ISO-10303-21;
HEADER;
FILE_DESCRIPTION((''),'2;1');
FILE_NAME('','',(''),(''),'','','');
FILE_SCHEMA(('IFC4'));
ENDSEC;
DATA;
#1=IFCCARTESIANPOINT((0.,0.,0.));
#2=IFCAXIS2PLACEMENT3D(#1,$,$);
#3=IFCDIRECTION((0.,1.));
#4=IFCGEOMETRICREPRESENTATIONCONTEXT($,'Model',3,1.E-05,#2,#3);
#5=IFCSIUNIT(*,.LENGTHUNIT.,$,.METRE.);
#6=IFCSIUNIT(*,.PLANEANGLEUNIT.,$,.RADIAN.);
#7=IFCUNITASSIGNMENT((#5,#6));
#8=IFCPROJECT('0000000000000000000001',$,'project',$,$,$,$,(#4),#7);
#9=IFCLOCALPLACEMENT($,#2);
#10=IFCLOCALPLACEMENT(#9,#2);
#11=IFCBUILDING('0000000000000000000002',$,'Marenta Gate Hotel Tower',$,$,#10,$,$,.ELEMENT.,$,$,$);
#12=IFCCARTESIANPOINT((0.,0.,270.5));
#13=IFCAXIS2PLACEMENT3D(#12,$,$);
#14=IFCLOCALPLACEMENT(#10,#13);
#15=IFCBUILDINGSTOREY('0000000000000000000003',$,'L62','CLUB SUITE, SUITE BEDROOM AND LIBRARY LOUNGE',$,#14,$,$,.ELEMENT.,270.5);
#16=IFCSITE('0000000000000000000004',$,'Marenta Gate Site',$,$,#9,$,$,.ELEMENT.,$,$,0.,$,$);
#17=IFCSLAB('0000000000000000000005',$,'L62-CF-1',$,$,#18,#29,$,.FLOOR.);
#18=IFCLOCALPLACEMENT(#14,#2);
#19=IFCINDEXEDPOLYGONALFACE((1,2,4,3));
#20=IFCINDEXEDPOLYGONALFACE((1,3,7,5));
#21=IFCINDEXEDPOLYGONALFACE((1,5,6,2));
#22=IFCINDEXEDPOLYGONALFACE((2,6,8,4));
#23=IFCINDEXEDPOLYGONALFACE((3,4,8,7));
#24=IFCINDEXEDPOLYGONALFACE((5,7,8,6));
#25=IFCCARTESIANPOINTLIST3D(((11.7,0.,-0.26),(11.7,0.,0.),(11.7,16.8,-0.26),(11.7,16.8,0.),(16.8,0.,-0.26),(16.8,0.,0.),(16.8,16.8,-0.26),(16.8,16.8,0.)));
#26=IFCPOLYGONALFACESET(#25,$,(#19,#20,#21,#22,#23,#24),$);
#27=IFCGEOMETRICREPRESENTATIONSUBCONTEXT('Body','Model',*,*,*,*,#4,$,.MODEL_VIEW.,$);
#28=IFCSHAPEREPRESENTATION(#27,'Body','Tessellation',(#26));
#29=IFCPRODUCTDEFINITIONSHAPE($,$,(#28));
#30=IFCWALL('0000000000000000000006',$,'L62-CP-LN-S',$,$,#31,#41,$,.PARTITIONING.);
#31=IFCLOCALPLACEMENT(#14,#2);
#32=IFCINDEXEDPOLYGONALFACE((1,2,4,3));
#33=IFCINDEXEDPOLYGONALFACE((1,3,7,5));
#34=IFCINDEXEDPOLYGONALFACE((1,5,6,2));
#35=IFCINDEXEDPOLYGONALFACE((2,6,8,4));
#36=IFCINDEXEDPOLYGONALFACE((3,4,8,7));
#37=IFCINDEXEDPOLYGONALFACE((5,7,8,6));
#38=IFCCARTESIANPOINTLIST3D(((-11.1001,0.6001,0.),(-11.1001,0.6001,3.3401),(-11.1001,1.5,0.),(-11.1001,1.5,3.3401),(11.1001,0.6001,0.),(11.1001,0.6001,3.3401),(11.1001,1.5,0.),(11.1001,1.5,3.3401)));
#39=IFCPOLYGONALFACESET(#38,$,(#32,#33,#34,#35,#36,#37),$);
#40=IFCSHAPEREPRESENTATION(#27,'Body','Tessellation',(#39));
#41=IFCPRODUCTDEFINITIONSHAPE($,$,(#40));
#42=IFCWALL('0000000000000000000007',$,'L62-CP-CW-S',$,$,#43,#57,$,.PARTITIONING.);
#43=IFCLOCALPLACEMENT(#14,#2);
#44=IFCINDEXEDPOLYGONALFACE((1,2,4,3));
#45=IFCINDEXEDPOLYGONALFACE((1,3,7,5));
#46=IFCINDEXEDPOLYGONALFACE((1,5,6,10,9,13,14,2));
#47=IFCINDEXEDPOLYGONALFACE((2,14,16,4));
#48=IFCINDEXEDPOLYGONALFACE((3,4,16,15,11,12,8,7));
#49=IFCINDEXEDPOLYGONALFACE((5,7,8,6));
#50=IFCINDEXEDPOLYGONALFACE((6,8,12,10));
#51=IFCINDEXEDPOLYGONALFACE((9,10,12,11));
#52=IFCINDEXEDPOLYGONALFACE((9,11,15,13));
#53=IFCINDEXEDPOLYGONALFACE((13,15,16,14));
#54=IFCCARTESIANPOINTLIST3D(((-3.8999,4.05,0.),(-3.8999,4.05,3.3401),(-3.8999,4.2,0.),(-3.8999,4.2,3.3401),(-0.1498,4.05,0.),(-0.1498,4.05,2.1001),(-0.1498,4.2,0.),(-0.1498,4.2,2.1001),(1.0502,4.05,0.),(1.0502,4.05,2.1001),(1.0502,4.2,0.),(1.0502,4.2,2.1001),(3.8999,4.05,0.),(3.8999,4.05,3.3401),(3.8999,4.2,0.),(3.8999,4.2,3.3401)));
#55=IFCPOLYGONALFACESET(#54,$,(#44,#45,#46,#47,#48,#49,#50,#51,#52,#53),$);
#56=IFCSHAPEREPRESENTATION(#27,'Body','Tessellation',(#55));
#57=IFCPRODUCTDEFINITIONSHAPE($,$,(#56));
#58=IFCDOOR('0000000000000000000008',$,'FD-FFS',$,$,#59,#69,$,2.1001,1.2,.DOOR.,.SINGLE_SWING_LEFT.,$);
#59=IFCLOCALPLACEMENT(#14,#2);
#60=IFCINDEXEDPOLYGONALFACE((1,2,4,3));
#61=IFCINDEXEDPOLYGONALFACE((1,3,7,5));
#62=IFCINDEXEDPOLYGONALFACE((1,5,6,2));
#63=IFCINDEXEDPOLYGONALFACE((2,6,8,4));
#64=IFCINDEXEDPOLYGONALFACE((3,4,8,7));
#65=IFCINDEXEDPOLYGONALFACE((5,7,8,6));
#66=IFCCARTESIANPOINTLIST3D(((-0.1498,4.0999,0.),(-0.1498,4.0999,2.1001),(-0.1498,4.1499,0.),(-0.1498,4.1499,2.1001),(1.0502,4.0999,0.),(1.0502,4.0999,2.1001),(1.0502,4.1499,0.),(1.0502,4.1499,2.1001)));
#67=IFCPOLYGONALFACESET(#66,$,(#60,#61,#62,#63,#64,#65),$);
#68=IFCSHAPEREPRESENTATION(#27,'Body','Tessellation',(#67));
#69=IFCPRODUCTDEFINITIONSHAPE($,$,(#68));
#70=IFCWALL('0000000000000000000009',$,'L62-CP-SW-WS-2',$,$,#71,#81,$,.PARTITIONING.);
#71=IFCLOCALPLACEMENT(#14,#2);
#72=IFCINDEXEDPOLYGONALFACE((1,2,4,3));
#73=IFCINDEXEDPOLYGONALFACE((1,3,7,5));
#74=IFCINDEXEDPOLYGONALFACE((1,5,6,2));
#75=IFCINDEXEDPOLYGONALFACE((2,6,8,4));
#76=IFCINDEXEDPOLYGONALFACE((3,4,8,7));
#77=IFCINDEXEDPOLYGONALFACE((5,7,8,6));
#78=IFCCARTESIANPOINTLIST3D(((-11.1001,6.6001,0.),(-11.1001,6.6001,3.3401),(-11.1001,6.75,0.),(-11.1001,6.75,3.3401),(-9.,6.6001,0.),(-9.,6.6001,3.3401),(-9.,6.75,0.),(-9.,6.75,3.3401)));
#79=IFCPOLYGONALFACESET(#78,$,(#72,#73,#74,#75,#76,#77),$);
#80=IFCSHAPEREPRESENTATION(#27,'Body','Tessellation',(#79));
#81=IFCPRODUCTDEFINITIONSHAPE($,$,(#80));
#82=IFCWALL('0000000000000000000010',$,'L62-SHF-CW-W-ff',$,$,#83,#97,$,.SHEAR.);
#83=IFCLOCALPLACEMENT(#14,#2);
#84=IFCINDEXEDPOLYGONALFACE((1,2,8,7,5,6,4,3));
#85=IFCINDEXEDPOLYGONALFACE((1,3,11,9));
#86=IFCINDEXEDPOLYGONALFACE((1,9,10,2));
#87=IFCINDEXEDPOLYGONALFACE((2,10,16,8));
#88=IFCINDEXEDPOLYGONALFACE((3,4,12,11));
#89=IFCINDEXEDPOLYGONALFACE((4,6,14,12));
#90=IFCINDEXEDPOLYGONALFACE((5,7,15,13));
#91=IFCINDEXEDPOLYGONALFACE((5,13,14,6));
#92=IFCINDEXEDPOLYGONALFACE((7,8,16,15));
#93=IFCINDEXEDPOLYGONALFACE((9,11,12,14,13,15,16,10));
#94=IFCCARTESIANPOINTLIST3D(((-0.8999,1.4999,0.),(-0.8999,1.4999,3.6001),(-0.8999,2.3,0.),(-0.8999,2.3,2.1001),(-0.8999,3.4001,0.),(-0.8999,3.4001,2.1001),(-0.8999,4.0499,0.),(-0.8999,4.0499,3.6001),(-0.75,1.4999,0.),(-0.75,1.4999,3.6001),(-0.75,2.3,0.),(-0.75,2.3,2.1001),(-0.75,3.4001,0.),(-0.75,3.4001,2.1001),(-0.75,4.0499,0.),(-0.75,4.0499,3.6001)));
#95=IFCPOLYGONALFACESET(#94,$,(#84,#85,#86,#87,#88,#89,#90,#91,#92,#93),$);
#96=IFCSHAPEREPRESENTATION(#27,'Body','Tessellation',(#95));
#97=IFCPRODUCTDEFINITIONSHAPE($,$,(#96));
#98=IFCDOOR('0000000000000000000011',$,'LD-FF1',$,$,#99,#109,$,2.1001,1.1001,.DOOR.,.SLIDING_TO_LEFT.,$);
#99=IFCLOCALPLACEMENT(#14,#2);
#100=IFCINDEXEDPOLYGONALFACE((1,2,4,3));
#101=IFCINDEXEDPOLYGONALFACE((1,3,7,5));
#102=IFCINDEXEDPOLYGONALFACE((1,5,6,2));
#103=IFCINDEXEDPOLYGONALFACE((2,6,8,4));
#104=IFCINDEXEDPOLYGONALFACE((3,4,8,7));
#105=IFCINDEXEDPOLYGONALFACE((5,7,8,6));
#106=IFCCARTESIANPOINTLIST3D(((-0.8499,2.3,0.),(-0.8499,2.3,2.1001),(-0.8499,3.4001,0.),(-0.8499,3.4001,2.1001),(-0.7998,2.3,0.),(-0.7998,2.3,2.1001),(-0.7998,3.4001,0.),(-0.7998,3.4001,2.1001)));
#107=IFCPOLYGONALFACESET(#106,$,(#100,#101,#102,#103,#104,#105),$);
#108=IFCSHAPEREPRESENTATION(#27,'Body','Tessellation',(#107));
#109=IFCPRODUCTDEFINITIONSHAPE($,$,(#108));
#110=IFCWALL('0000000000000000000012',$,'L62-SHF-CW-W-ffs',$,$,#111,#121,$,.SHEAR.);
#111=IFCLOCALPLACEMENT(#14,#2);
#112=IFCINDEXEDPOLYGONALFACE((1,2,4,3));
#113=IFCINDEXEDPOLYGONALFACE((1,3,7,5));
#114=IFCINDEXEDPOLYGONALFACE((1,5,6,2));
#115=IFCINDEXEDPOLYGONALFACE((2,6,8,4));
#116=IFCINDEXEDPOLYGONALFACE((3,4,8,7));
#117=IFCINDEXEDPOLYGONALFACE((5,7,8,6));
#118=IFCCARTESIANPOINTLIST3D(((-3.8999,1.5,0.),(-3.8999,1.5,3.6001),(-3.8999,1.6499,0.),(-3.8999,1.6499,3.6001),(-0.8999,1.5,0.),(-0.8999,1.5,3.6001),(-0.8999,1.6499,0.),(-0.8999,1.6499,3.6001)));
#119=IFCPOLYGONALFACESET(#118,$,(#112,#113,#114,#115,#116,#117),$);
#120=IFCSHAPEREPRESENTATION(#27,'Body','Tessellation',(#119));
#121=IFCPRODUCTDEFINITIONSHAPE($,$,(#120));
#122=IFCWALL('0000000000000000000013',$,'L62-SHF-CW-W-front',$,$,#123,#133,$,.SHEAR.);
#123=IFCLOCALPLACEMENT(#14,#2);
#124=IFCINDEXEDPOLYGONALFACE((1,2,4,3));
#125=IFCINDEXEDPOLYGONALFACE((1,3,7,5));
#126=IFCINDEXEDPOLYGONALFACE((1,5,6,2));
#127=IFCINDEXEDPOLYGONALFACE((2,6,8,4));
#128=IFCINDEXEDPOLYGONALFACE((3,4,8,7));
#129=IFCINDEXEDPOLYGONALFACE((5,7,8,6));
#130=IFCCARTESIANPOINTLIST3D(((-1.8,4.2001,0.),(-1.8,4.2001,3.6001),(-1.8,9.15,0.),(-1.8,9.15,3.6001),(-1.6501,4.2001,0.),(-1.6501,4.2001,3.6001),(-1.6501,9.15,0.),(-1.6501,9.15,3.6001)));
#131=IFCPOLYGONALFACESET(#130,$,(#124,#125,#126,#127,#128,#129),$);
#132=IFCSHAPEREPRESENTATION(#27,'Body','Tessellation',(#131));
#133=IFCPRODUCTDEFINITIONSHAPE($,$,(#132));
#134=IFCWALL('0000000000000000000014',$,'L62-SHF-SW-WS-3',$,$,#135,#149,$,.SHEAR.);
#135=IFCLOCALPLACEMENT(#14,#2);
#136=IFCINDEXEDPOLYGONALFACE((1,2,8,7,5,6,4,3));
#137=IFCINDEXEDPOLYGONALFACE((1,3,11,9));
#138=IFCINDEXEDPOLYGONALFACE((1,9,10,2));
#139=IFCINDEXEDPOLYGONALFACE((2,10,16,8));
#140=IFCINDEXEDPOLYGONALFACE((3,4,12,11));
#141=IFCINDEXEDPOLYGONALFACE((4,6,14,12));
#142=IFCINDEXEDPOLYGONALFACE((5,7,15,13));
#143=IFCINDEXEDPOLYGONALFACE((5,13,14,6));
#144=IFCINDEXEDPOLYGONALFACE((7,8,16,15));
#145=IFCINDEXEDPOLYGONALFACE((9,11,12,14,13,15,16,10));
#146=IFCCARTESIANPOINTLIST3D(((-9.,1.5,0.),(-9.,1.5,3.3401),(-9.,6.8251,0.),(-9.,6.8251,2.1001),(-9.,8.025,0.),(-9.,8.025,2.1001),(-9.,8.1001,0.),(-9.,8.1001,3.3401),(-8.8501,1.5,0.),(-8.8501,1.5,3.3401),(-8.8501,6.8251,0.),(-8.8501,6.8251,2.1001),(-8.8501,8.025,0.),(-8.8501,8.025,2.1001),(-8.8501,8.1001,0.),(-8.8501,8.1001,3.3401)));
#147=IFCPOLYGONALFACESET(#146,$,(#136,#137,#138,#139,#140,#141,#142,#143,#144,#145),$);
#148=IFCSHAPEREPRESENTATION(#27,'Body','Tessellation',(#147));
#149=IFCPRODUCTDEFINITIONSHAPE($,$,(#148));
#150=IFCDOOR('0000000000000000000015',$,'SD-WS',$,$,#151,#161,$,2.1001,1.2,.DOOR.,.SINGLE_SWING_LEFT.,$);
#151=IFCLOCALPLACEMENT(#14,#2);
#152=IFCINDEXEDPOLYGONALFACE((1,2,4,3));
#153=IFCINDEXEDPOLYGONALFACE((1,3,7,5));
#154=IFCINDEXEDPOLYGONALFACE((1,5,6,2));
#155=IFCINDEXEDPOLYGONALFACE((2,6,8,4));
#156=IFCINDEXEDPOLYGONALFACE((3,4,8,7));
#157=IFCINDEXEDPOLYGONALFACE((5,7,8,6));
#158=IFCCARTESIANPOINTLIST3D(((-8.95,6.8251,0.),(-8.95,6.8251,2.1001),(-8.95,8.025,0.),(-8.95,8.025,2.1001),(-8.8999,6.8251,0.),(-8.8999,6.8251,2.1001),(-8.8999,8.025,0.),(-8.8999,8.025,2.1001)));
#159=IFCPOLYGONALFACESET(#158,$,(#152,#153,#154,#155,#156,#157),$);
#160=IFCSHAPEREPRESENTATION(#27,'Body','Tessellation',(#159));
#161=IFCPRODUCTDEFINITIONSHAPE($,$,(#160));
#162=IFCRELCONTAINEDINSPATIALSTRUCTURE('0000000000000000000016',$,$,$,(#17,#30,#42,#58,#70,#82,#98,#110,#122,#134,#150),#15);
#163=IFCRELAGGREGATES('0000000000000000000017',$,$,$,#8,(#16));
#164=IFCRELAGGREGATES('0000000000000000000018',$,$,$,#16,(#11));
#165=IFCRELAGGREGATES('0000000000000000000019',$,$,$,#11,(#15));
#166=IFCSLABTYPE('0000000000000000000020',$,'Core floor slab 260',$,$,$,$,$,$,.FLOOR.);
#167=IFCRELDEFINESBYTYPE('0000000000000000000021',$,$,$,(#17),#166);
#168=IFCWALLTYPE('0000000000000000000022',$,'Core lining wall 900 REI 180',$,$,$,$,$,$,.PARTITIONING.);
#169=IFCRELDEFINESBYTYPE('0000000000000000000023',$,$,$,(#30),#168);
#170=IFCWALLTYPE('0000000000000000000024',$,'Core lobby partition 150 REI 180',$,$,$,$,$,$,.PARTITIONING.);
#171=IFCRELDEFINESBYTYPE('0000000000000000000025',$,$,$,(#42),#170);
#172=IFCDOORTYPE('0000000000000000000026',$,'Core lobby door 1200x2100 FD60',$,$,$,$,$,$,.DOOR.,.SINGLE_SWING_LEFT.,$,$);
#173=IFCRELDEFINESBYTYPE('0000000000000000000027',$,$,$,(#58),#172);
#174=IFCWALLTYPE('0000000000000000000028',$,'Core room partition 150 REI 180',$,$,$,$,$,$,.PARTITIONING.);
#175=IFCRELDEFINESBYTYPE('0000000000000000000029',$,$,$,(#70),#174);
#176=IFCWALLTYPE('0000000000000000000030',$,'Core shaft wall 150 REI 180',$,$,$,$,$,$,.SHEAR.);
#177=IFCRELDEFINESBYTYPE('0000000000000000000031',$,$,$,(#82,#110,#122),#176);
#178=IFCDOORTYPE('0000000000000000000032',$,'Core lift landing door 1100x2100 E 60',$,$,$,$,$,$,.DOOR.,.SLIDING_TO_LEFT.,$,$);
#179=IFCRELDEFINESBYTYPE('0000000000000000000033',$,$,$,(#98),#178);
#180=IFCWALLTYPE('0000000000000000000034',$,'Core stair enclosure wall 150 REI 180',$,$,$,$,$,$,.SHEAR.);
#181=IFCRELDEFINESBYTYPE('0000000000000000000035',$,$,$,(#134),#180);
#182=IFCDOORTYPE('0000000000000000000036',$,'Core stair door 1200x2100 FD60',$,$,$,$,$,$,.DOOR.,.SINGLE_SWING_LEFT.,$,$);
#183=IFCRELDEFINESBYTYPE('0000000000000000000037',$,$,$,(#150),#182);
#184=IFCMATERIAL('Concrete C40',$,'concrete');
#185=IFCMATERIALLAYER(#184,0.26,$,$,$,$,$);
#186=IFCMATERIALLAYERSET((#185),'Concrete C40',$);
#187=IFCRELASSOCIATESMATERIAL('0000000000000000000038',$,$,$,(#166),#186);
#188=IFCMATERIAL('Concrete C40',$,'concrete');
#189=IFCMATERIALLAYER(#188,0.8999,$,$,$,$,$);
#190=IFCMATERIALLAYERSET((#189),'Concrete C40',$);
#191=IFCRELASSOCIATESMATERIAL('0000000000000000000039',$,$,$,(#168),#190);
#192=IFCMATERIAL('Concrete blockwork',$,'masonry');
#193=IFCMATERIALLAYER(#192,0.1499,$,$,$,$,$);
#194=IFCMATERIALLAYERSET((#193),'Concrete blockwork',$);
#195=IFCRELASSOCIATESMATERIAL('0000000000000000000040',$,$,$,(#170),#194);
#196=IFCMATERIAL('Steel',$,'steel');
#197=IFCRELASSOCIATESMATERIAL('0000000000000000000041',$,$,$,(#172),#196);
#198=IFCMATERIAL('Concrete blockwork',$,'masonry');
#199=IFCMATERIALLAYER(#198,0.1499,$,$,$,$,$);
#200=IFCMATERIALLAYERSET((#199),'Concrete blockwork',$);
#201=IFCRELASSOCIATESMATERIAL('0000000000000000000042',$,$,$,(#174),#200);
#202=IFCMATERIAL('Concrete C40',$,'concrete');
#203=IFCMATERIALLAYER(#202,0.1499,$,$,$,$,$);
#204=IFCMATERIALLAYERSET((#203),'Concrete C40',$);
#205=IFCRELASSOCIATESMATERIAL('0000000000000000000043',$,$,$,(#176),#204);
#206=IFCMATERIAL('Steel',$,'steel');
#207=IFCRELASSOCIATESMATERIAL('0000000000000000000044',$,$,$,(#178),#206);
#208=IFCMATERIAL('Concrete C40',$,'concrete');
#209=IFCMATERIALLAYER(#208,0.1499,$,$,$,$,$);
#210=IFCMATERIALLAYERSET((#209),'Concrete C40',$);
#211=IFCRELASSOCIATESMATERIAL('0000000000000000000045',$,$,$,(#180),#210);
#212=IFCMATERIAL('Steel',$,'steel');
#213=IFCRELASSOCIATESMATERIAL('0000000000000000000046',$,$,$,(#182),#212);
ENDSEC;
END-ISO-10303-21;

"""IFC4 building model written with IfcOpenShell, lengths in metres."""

from ifc_helpers import new_model, si_unit, direction, frame, frame_2d, origin, place, context, subcontext, project, spatial, polyline, rectangle, outline, extrude, material, layer, layer_set, type_object, element, fill, save


model = new_model("IFC4")

# Units and contexts
model_context = context("Model", 3, precision=1e-05, world=origin(), true_north=direction((0.0, 1.0)))
body_context = subcontext(model_context, "Body", "Model", "MODEL_VIEW")
ifc_project = project(units=[si_unit("LENGTHUNIT", "METRE"), si_unit("PLANEANGLEUNIT", "RADIAN")], contexts=[model_context])

# Site, building, storey
site_placement = place(None, origin())
site = spatial("IfcSite", under=ifc_project, at=site_placement, Name="Marenta Gate Site", CompositionType="ELEMENT", RefElevation=0.0)
building_placement = place(site_placement, origin())
building = spatial("IfcBuilding", under=site, at=building_placement, Name="Marenta Gate Hotel Tower", CompositionType="ELEMENT")
storey_placement = place(building_placement, frame((0.0, 0.0, 270.5)))
storey = spatial("IfcBuildingStorey", under=building, at=storey_placement, Name="L62", Description="CLUB SUITE, SUITE BEDROOM AND LIBRARY LOUNGE", CompositionType="ELEMENT", Elevation=270.5)

# Slab
ifc_material_1 = material(Name="Concrete C40", Category="concrete")
ifc_layer_1 = layer(ifc_material_1, 0.26)
ifc_layer_set_1 = layer_set([ifc_layer_1], Name="Concrete C40")
slab_type = type_object("IfcSlabType", Name="Core floor slab 260", PredefinedType="FLOOR", material=ifc_layer_set_1)
slab_placement = place(storey_placement, frame((0.0, 0.0, -0.26)))
element("IfcSlab", 1, at=slab_placement, inside=storey, type_object=slab_type, Name="L62-CF-1", PredefinedType="FLOOR", context=body_context, shape_type="SweptSolid", body=[
    extrude(outline(polyline([(11.7, 0.0), (11.7, 16.8), (16.8, 16.8), (16.8, 0.0), (11.7, 0.0)])), origin(), (0.0, 0.0, 1.0), 0.26),
])

# Wall
ifc_material_2 = material(Name="Concrete C40", Category="concrete")
ifc_layer_2 = layer(ifc_material_2, 0.8999)
ifc_layer_set_2 = layer_set([ifc_layer_2], Name="Concrete C40")
wall_type_1 = type_object("IfcWallType", Name="Core lining wall 900 REI 180", PredefinedType="PARTITIONING", material=ifc_layer_set_2)
wall_1_placement = place(storey_placement, frame((-11.1001, 1.05, 0.0), z_axis=(0.0, 0.0, 1.0), x_axis=(1.0, 0.0, 0.0)))
element("IfcWall", 2, at=wall_1_placement, inside=storey, type_object=wall_type_1, Name="L62-CP-LN-S", PredefinedType="PARTITIONING", context=body_context, shape_type="SweptSolid", body=[
    extrude(rectangle(XDim=22.2002, YDim=0.8999, at=frame_2d((11.1001, 0.0))), origin(), (0.0, 0.0, 1.0), 3.3401),
])

# Wall, opening, door
ifc_material_3 = material(Name="Concrete blockwork", Category="masonry")
ifc_layer_3 = layer(ifc_material_3, 0.1499)
ifc_layer_set_3 = layer_set([ifc_layer_3], Name="Concrete blockwork")
wall_type_2 = type_object("IfcWallType", Name="Core lobby partition 150 REI 180", PredefinedType="PARTITIONING", material=ifc_layer_set_3)
wall_2_placement = place(storey_placement, frame((-3.8999, 4.125, 0.0), z_axis=(0.0, 0.0, 1.0), x_axis=(1.0, 0.0, 0.0)))
wall_2 = element("IfcWall", 3, at=wall_2_placement, inside=storey, type_object=wall_type_2, Name="L62-CP-CW-S", PredefinedType="PARTITIONING", context=body_context, shape_type="SweptSolid", body=[
    extrude(rectangle(XDim=7.7998, YDim=0.1499, at=frame_2d((3.8999, 0.0))), origin(), (0.0, 0.0, 1.0), 3.3401),
])
opening_1_placement = place(wall_2_placement, frame((3.75, 0.0, 0.0)))
opening_1 = element("IfcOpeningElement", 4, at=opening_1_placement, cuts=wall_2, PredefinedType="OPENING", context=body_context, shape_type="SweptSolid", body=[
    extrude(rectangle(XDim=1.2, YDim=2.1001, at=frame_2d((0.6001, 1.05))), frame((0.0, 0.075, 0.0), z_axis=(0.0, -1.0, 0.0), x_axis=(1.0, 0.0, 0.0)), (0.0, 0.0, 1.0), 0.1499),
])
ifc_material_4 = material(Name="Steel", Category="steel")
door_type_1 = type_object("IfcDoorType", Name="Core lobby door 1200x2100 FD60", OperationType="SINGLE_SWING_LEFT", PredefinedType="DOOR", material=ifc_material_4)
door_1_placement = place(opening_1_placement, origin())
door_1 = element("IfcDoor", 5, at=door_1_placement, inside=storey, type_object=door_type_1, Name="FD-FFS", OperationType="SINGLE_SWING_LEFT", OverallHeight=2.1001, OverallWidth=1.2, PredefinedType="DOOR", context=body_context, shape_type="SweptSolid", body=[
    extrude(rectangle(XDim=1.2, YDim=2.1001, at=frame_2d((0.6001, 1.05))), frame((0.0, 0.0249, 0.0), z_axis=(0.0, -1.0, 0.0), x_axis=(1.0, 0.0, 0.0)), (0.0, 0.0, 1.0), 0.05),
])
fill(opening_1, door_1)

# Wall
ifc_material_5 = material(Name="Concrete blockwork", Category="masonry")
ifc_layer_4 = layer(ifc_material_5, 0.1499)
ifc_layer_set_4 = layer_set([ifc_layer_4], Name="Concrete blockwork")
wall_type_3 = type_object("IfcWallType", Name="Core room partition 150 REI 180", PredefinedType="PARTITIONING", material=ifc_layer_set_4)
wall_3_placement = place(storey_placement, frame((-11.1001, 6.675, 0.0), z_axis=(0.0, 0.0, 1.0), x_axis=(1.0, 0.0, 0.0)))
element("IfcWall", 6, at=wall_3_placement, inside=storey, type_object=wall_type_3, Name="L62-CP-SW-WS-2", PredefinedType="PARTITIONING", context=body_context, shape_type="SweptSolid", body=[
    extrude(rectangle(XDim=2.1001, YDim=0.1499, at=frame_2d((1.05, 0.0))), origin(), (0.0, 0.0, 1.0), 3.3401),
])

# Wall, opening, door
ifc_material_6 = material(Name="Concrete C40", Category="concrete")
ifc_layer_5 = layer(ifc_material_6, 0.1499)
ifc_layer_set_5 = layer_set([ifc_layer_5], Name="Concrete C40")
wall_type_4 = type_object("IfcWallType", Name="Core shaft wall 150 REI 180", PredefinedType="SHEAR", material=ifc_layer_set_5)
wall_4_placement = place(storey_placement, frame((-0.825, 1.5, 0.0), z_axis=(0.0, 0.0, 1.0), x_axis=(0.0, 1.0, 0.0)))
wall_4 = element("IfcWall", 7, at=wall_4_placement, inside=storey, type_object=wall_type_4, Name="L62-SHF-CW-W-ff", PredefinedType="SHEAR", context=body_context, shape_type="SweptSolid", body=[
    extrude(rectangle(XDim=2.55, YDim=0.1499, at=frame_2d((1.2749, 0.0))), origin(), (0.0, 0.0, 1.0), 3.6001),
])
opening_2_placement = place(wall_4_placement, frame((0.8, 0.0, 0.0)))
opening_2 = element("IfcOpeningElement", 8, at=opening_2_placement, cuts=wall_4, PredefinedType="OPENING", context=body_context, shape_type="SweptSolid", body=[
    extrude(rectangle(XDim=1.1001, YDim=2.1001, at=frame_2d((0.55, 1.05))), frame((0.0, 0.075, 0.0), z_axis=(0.0, -1.0, 0.0), x_axis=(1.0, 0.0, 0.0)), (0.0, 0.0, 1.0), 0.1499),
])
ifc_material_7 = material(Name="Steel", Category="steel")
door_type_2 = type_object("IfcDoorType", Name="Core lift landing door 1100x2100 E 60", OperationType="SLIDING_TO_LEFT", PredefinedType="DOOR", material=ifc_material_7)
door_2_placement = place(opening_2_placement, origin())
door_2 = element("IfcDoor", 9, at=door_2_placement, inside=storey, type_object=door_type_2, Name="LD-FF1", OperationType="SLIDING_TO_LEFT", OverallHeight=2.1001, OverallWidth=1.1001, PredefinedType="DOOR", context=body_context, shape_type="SweptSolid", body=[
    extrude(rectangle(XDim=1.1001, YDim=2.1001, at=frame_2d((0.55, 1.05))), frame((0.0, 0.0249, 0.0), z_axis=(0.0, -1.0, 0.0), x_axis=(1.0, 0.0, 0.0)), (0.0, 0.0, 1.0), 0.05),
])
fill(opening_2, door_2)

# Walls
wall_5_placement = place(storey_placement, frame((-3.8999, 1.575, 0.0), z_axis=(0.0, 0.0, 1.0), x_axis=(1.0, 0.0, 0.0)))
element("IfcWall", 10, at=wall_5_placement, inside=storey, type_object=wall_type_4, Name="L62-SHF-CW-W-ffs", PredefinedType="SHEAR", context=body_context, shape_type="SweptSolid", body=[
    extrude(rectangle(XDim=3.0, YDim=0.1499, at=frame_2d((1.5, 0.0))), origin(), (0.0, 0.0, 1.0), 3.6001),
])
wall_6_placement = place(storey_placement, frame((-1.7251, 4.2, 0.0), z_axis=(0.0, 0.0, 1.0), x_axis=(0.0, 1.0, 0.0)))
element("IfcWall", 11, at=wall_6_placement, inside=storey, type_object=wall_type_4, Name="L62-SHF-CW-W-front", PredefinedType="SHEAR", context=body_context, shape_type="SweptSolid", body=[
    extrude(rectangle(XDim=4.95, YDim=0.1499, at=frame_2d((2.4751, 0.0))), origin(), (0.0, 0.0, 1.0), 3.6001),
])

# Wall, opening, door
ifc_material_8 = material(Name="Concrete C40", Category="concrete")
ifc_layer_6 = layer(ifc_material_8, 0.1499)
ifc_layer_set_6 = layer_set([ifc_layer_6], Name="Concrete C40")
wall_type_5 = type_object("IfcWallType", Name="Core stair enclosure wall 150 REI 180", PredefinedType="SHEAR", material=ifc_layer_set_6)
wall_7_placement = place(storey_placement, frame((-8.925, 1.5, 0.0), z_axis=(0.0, 0.0, 1.0), x_axis=(0.0, 1.0, 0.0)))
wall_7 = element("IfcWall", 12, at=wall_7_placement, inside=storey, type_object=wall_type_5, Name="L62-SHF-SW-WS-3", PredefinedType="SHEAR", context=body_context, shape_type="SweptSolid", body=[
    extrude(rectangle(XDim=6.6001, YDim=0.1499, at=frame_2d((3.3, 0.0))), origin(), (0.0, 0.0, 1.0), 3.3401),
])
opening_3_placement = place(wall_7_placement, frame((5.325, 0.0, 0.0)))
opening_3 = element("IfcOpeningElement", 13, at=opening_3_placement, cuts=wall_7, PredefinedType="OPENING", context=body_context, shape_type="SweptSolid", body=[
    extrude(rectangle(XDim=1.2, YDim=2.1001, at=frame_2d((0.6001, 1.05))), frame((0.0, 0.075, 0.0), z_axis=(0.0, -1.0, 0.0), x_axis=(1.0, 0.0, 0.0)), (0.0, 0.0, 1.0), 0.1499),
])
ifc_material_9 = material(Name="Steel", Category="steel")
door_type_3 = type_object("IfcDoorType", Name="Core stair door 1200x2100 FD60", OperationType="SINGLE_SWING_LEFT", PredefinedType="DOOR", material=ifc_material_9)
door_3_placement = place(opening_3_placement, origin())
door_3 = element("IfcDoor", 14, at=door_3_placement, inside=storey, type_object=door_type_3, Name="SD-WS", OperationType="SINGLE_SWING_LEFT", OverallHeight=2.1001, OverallWidth=1.2, PredefinedType="DOOR", context=body_context, shape_type="SweptSolid", body=[
    extrude(rectangle(XDim=1.2, YDim=2.1001, at=frame_2d((0.6001, 1.05))), frame((0.0, 0.0249, 0.0), z_axis=(0.0, -1.0, 0.0), x_axis=(1.0, 0.0, 0.0)), (0.0, 0.0, 1.0), 0.05),
])
fill(opening_3, door_3)

save(model, "model.ifc")
